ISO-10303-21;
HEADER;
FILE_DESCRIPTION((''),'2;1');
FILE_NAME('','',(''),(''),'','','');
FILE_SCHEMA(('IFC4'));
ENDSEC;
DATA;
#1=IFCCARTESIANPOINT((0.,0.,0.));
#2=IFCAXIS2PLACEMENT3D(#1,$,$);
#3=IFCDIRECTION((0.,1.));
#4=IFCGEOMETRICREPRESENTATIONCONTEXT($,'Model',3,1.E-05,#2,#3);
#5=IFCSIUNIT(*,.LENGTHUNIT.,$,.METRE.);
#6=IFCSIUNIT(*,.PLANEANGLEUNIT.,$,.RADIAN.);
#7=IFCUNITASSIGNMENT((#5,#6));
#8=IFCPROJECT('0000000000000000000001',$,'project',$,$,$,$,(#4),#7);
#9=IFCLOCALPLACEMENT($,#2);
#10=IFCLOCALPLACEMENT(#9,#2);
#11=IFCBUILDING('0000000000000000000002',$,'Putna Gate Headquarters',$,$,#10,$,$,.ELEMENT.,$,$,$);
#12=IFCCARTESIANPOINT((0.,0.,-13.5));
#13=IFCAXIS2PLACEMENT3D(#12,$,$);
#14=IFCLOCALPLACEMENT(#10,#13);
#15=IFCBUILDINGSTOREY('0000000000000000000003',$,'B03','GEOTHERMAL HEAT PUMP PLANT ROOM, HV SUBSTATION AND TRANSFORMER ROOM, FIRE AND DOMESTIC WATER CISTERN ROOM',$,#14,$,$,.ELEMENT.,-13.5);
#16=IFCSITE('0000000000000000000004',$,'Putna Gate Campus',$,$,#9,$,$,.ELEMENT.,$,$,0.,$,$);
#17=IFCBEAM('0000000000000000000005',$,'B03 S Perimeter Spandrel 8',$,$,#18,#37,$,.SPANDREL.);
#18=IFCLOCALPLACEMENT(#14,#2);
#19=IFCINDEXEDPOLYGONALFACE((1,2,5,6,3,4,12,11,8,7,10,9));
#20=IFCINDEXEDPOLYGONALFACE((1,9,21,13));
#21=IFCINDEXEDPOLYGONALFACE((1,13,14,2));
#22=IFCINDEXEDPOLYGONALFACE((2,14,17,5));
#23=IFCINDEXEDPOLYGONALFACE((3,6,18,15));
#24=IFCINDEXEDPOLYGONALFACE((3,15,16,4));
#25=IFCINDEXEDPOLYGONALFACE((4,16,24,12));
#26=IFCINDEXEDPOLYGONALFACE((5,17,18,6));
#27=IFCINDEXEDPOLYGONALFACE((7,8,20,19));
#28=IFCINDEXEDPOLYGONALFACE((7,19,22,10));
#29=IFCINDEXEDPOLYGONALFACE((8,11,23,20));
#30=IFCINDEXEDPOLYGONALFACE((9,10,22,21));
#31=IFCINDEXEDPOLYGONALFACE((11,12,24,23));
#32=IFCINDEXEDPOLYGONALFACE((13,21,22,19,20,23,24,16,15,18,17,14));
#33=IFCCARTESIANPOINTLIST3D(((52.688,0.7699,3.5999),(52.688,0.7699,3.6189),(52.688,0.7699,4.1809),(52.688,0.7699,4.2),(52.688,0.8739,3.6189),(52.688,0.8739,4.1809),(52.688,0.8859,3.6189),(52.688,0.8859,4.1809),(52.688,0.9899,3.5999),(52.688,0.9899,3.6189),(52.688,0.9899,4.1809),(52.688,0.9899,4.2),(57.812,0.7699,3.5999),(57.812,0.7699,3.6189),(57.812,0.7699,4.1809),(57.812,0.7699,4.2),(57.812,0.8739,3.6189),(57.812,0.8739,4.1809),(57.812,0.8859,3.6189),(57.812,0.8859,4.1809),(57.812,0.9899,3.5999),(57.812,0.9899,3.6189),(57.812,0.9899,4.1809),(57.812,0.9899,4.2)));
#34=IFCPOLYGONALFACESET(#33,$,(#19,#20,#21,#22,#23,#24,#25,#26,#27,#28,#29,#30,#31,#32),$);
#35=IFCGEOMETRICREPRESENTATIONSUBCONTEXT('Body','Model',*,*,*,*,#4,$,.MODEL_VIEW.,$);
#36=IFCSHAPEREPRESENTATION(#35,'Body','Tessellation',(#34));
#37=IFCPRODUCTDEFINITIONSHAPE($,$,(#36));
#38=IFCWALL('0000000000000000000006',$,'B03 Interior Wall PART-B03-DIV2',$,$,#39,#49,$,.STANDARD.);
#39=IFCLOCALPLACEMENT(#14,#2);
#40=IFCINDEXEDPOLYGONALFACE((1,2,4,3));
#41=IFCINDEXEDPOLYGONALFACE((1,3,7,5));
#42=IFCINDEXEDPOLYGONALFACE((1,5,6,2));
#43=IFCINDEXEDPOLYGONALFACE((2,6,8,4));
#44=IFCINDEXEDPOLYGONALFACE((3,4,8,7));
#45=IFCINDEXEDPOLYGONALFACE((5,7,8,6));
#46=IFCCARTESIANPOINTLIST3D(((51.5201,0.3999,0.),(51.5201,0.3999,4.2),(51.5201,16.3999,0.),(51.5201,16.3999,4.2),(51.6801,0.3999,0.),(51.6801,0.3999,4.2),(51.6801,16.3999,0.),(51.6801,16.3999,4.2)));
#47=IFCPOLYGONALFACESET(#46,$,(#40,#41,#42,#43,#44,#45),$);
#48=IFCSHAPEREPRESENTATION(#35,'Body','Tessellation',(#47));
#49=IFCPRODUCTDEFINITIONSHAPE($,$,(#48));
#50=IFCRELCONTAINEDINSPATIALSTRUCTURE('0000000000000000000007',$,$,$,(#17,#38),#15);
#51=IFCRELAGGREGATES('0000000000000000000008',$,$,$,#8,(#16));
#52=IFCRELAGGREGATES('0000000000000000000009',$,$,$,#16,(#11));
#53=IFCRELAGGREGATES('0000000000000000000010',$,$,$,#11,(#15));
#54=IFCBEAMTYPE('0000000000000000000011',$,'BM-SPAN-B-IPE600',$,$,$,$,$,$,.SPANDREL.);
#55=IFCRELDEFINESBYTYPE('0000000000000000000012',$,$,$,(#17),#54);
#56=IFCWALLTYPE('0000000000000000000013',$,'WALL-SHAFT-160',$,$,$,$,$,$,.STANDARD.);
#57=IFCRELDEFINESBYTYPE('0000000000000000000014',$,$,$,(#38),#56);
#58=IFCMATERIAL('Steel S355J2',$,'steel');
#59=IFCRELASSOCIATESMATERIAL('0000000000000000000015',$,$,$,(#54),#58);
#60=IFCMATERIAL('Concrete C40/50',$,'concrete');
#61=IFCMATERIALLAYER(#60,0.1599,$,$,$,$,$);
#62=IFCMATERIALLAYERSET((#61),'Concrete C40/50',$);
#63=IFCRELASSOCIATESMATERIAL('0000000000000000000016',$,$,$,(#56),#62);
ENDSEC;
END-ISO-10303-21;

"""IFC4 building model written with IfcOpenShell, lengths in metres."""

from ifc_helpers import new_model, si_unit, direction, frame, frame_2d, origin, origin_2d, place, context, subcontext, project, spatial, rectangle, i_section, extrude, material, layer, layer_set, material_profile, profile_set, type_object, element, save


model = new_model("IFC4")

# Units and contexts
model_context = context("Model", 3, precision=1e-05, world=origin(), true_north=direction((0.0, 1.0)))
body_context = subcontext(model_context, "Body", "Model", "MODEL_VIEW")
ifc_project = project(units=[si_unit("LENGTHUNIT", "METRE"), si_unit("PLANEANGLEUNIT", "RADIAN")], contexts=[model_context])

# Site, building, storey
site_placement = place(None, origin())
site = spatial("IfcSite", under=ifc_project, at=site_placement, Name="Putna Gate Campus", CompositionType="ELEMENT", RefElevation=0.0)
building_placement = place(site_placement, origin())
building = spatial("IfcBuilding", under=site, at=building_placement, Name="Putna Gate Headquarters", CompositionType="ELEMENT")
storey_placement = place(building_placement, frame((0.0, 0.0, -13.5)))
storey = spatial("IfcBuildingStorey", under=building, at=storey_placement, Name="B03", Description="GEOTHERMAL HEAT PUMP PLANT ROOM, HV SUBSTATION AND TRANSFORMER ROOM, FIRE AND DOMESTIC WATER CISTERN ROOM", CompositionType="ELEMENT", Elevation=-13.5)

# Shared definitions
ifc_material_1 = material(Name="Concrete C40/50", Category="concrete")

# Beam
ifc_material_2 = material(Name="Steel S355J2", Category="steel")
ifc_material_profile_1 = material_profile(ifc_material_2, i_section(OverallWidth=0.22, OverallDepth=0.6001, WebThickness=0.012, FlangeThickness=0.019, at=origin_2d()), Name="Steel S355J2")
ifc_profile_set_1 = profile_set([ifc_material_profile_1], Name="Steel S355J2")
beam_type_1 = type_object("IfcBeamType", Name="BM-SPAN-B-IPE600", PredefinedType="SPANDREL", material=ifc_profile_set_1)
for number, where, z_axis, x_axis, name in (
    (1, (52.688, 0.8799, 3.8999), (1.0, 0.0, 0.0), (0.0, 1.0, 0.0), "B03 S Perimeter Spandrel 8"),
):
    element("IfcBeam", number, at=place(storey_placement, frame(where, z_axis=z_axis, x_axis=x_axis)), inside=storey, type_object=beam_type_1, Name=name, PredefinedType="SPANDREL", context=body_context, shape_type="SweptSolid", body=[
        extrude(i_section(OverallWidth=0.22, OverallDepth=0.6001, WebThickness=0.012, FlangeThickness=0.019, at=origin_2d()), origin(), (0.0, 0.0, 1.0), 5.124),
    ])

# Wall
ifc_layer_1 = layer(ifc_material_1, 0.1599)
ifc_layer_set_1 = layer_set([ifc_layer_1], Name="Concrete C40/50")
wall_type = type_object("IfcWallType", Name="WALL-SHAFT-160", PredefinedType="STANDARD", material=ifc_layer_set_1)
wall_placement = place(storey_placement, frame((51.6001, 0.3999, 0.0), z_axis=(0.0, 0.0, 1.0), x_axis=(0.0, 1.0, 0.0)))
element("IfcWall", 2, at=wall_placement, inside=storey, type_object=wall_type, Name="B03 Interior Wall PART-B03-DIV2", PredefinedType="STANDARD", context=body_context, shape_type="SweptSolid", body=[
    extrude(rectangle(XDim=16.0, YDim=0.1599, at=frame_2d((8.0, 0.0))), origin(), (0.0, 0.0, 1.0), 4.2),
])

save(model, "model.ifc")
